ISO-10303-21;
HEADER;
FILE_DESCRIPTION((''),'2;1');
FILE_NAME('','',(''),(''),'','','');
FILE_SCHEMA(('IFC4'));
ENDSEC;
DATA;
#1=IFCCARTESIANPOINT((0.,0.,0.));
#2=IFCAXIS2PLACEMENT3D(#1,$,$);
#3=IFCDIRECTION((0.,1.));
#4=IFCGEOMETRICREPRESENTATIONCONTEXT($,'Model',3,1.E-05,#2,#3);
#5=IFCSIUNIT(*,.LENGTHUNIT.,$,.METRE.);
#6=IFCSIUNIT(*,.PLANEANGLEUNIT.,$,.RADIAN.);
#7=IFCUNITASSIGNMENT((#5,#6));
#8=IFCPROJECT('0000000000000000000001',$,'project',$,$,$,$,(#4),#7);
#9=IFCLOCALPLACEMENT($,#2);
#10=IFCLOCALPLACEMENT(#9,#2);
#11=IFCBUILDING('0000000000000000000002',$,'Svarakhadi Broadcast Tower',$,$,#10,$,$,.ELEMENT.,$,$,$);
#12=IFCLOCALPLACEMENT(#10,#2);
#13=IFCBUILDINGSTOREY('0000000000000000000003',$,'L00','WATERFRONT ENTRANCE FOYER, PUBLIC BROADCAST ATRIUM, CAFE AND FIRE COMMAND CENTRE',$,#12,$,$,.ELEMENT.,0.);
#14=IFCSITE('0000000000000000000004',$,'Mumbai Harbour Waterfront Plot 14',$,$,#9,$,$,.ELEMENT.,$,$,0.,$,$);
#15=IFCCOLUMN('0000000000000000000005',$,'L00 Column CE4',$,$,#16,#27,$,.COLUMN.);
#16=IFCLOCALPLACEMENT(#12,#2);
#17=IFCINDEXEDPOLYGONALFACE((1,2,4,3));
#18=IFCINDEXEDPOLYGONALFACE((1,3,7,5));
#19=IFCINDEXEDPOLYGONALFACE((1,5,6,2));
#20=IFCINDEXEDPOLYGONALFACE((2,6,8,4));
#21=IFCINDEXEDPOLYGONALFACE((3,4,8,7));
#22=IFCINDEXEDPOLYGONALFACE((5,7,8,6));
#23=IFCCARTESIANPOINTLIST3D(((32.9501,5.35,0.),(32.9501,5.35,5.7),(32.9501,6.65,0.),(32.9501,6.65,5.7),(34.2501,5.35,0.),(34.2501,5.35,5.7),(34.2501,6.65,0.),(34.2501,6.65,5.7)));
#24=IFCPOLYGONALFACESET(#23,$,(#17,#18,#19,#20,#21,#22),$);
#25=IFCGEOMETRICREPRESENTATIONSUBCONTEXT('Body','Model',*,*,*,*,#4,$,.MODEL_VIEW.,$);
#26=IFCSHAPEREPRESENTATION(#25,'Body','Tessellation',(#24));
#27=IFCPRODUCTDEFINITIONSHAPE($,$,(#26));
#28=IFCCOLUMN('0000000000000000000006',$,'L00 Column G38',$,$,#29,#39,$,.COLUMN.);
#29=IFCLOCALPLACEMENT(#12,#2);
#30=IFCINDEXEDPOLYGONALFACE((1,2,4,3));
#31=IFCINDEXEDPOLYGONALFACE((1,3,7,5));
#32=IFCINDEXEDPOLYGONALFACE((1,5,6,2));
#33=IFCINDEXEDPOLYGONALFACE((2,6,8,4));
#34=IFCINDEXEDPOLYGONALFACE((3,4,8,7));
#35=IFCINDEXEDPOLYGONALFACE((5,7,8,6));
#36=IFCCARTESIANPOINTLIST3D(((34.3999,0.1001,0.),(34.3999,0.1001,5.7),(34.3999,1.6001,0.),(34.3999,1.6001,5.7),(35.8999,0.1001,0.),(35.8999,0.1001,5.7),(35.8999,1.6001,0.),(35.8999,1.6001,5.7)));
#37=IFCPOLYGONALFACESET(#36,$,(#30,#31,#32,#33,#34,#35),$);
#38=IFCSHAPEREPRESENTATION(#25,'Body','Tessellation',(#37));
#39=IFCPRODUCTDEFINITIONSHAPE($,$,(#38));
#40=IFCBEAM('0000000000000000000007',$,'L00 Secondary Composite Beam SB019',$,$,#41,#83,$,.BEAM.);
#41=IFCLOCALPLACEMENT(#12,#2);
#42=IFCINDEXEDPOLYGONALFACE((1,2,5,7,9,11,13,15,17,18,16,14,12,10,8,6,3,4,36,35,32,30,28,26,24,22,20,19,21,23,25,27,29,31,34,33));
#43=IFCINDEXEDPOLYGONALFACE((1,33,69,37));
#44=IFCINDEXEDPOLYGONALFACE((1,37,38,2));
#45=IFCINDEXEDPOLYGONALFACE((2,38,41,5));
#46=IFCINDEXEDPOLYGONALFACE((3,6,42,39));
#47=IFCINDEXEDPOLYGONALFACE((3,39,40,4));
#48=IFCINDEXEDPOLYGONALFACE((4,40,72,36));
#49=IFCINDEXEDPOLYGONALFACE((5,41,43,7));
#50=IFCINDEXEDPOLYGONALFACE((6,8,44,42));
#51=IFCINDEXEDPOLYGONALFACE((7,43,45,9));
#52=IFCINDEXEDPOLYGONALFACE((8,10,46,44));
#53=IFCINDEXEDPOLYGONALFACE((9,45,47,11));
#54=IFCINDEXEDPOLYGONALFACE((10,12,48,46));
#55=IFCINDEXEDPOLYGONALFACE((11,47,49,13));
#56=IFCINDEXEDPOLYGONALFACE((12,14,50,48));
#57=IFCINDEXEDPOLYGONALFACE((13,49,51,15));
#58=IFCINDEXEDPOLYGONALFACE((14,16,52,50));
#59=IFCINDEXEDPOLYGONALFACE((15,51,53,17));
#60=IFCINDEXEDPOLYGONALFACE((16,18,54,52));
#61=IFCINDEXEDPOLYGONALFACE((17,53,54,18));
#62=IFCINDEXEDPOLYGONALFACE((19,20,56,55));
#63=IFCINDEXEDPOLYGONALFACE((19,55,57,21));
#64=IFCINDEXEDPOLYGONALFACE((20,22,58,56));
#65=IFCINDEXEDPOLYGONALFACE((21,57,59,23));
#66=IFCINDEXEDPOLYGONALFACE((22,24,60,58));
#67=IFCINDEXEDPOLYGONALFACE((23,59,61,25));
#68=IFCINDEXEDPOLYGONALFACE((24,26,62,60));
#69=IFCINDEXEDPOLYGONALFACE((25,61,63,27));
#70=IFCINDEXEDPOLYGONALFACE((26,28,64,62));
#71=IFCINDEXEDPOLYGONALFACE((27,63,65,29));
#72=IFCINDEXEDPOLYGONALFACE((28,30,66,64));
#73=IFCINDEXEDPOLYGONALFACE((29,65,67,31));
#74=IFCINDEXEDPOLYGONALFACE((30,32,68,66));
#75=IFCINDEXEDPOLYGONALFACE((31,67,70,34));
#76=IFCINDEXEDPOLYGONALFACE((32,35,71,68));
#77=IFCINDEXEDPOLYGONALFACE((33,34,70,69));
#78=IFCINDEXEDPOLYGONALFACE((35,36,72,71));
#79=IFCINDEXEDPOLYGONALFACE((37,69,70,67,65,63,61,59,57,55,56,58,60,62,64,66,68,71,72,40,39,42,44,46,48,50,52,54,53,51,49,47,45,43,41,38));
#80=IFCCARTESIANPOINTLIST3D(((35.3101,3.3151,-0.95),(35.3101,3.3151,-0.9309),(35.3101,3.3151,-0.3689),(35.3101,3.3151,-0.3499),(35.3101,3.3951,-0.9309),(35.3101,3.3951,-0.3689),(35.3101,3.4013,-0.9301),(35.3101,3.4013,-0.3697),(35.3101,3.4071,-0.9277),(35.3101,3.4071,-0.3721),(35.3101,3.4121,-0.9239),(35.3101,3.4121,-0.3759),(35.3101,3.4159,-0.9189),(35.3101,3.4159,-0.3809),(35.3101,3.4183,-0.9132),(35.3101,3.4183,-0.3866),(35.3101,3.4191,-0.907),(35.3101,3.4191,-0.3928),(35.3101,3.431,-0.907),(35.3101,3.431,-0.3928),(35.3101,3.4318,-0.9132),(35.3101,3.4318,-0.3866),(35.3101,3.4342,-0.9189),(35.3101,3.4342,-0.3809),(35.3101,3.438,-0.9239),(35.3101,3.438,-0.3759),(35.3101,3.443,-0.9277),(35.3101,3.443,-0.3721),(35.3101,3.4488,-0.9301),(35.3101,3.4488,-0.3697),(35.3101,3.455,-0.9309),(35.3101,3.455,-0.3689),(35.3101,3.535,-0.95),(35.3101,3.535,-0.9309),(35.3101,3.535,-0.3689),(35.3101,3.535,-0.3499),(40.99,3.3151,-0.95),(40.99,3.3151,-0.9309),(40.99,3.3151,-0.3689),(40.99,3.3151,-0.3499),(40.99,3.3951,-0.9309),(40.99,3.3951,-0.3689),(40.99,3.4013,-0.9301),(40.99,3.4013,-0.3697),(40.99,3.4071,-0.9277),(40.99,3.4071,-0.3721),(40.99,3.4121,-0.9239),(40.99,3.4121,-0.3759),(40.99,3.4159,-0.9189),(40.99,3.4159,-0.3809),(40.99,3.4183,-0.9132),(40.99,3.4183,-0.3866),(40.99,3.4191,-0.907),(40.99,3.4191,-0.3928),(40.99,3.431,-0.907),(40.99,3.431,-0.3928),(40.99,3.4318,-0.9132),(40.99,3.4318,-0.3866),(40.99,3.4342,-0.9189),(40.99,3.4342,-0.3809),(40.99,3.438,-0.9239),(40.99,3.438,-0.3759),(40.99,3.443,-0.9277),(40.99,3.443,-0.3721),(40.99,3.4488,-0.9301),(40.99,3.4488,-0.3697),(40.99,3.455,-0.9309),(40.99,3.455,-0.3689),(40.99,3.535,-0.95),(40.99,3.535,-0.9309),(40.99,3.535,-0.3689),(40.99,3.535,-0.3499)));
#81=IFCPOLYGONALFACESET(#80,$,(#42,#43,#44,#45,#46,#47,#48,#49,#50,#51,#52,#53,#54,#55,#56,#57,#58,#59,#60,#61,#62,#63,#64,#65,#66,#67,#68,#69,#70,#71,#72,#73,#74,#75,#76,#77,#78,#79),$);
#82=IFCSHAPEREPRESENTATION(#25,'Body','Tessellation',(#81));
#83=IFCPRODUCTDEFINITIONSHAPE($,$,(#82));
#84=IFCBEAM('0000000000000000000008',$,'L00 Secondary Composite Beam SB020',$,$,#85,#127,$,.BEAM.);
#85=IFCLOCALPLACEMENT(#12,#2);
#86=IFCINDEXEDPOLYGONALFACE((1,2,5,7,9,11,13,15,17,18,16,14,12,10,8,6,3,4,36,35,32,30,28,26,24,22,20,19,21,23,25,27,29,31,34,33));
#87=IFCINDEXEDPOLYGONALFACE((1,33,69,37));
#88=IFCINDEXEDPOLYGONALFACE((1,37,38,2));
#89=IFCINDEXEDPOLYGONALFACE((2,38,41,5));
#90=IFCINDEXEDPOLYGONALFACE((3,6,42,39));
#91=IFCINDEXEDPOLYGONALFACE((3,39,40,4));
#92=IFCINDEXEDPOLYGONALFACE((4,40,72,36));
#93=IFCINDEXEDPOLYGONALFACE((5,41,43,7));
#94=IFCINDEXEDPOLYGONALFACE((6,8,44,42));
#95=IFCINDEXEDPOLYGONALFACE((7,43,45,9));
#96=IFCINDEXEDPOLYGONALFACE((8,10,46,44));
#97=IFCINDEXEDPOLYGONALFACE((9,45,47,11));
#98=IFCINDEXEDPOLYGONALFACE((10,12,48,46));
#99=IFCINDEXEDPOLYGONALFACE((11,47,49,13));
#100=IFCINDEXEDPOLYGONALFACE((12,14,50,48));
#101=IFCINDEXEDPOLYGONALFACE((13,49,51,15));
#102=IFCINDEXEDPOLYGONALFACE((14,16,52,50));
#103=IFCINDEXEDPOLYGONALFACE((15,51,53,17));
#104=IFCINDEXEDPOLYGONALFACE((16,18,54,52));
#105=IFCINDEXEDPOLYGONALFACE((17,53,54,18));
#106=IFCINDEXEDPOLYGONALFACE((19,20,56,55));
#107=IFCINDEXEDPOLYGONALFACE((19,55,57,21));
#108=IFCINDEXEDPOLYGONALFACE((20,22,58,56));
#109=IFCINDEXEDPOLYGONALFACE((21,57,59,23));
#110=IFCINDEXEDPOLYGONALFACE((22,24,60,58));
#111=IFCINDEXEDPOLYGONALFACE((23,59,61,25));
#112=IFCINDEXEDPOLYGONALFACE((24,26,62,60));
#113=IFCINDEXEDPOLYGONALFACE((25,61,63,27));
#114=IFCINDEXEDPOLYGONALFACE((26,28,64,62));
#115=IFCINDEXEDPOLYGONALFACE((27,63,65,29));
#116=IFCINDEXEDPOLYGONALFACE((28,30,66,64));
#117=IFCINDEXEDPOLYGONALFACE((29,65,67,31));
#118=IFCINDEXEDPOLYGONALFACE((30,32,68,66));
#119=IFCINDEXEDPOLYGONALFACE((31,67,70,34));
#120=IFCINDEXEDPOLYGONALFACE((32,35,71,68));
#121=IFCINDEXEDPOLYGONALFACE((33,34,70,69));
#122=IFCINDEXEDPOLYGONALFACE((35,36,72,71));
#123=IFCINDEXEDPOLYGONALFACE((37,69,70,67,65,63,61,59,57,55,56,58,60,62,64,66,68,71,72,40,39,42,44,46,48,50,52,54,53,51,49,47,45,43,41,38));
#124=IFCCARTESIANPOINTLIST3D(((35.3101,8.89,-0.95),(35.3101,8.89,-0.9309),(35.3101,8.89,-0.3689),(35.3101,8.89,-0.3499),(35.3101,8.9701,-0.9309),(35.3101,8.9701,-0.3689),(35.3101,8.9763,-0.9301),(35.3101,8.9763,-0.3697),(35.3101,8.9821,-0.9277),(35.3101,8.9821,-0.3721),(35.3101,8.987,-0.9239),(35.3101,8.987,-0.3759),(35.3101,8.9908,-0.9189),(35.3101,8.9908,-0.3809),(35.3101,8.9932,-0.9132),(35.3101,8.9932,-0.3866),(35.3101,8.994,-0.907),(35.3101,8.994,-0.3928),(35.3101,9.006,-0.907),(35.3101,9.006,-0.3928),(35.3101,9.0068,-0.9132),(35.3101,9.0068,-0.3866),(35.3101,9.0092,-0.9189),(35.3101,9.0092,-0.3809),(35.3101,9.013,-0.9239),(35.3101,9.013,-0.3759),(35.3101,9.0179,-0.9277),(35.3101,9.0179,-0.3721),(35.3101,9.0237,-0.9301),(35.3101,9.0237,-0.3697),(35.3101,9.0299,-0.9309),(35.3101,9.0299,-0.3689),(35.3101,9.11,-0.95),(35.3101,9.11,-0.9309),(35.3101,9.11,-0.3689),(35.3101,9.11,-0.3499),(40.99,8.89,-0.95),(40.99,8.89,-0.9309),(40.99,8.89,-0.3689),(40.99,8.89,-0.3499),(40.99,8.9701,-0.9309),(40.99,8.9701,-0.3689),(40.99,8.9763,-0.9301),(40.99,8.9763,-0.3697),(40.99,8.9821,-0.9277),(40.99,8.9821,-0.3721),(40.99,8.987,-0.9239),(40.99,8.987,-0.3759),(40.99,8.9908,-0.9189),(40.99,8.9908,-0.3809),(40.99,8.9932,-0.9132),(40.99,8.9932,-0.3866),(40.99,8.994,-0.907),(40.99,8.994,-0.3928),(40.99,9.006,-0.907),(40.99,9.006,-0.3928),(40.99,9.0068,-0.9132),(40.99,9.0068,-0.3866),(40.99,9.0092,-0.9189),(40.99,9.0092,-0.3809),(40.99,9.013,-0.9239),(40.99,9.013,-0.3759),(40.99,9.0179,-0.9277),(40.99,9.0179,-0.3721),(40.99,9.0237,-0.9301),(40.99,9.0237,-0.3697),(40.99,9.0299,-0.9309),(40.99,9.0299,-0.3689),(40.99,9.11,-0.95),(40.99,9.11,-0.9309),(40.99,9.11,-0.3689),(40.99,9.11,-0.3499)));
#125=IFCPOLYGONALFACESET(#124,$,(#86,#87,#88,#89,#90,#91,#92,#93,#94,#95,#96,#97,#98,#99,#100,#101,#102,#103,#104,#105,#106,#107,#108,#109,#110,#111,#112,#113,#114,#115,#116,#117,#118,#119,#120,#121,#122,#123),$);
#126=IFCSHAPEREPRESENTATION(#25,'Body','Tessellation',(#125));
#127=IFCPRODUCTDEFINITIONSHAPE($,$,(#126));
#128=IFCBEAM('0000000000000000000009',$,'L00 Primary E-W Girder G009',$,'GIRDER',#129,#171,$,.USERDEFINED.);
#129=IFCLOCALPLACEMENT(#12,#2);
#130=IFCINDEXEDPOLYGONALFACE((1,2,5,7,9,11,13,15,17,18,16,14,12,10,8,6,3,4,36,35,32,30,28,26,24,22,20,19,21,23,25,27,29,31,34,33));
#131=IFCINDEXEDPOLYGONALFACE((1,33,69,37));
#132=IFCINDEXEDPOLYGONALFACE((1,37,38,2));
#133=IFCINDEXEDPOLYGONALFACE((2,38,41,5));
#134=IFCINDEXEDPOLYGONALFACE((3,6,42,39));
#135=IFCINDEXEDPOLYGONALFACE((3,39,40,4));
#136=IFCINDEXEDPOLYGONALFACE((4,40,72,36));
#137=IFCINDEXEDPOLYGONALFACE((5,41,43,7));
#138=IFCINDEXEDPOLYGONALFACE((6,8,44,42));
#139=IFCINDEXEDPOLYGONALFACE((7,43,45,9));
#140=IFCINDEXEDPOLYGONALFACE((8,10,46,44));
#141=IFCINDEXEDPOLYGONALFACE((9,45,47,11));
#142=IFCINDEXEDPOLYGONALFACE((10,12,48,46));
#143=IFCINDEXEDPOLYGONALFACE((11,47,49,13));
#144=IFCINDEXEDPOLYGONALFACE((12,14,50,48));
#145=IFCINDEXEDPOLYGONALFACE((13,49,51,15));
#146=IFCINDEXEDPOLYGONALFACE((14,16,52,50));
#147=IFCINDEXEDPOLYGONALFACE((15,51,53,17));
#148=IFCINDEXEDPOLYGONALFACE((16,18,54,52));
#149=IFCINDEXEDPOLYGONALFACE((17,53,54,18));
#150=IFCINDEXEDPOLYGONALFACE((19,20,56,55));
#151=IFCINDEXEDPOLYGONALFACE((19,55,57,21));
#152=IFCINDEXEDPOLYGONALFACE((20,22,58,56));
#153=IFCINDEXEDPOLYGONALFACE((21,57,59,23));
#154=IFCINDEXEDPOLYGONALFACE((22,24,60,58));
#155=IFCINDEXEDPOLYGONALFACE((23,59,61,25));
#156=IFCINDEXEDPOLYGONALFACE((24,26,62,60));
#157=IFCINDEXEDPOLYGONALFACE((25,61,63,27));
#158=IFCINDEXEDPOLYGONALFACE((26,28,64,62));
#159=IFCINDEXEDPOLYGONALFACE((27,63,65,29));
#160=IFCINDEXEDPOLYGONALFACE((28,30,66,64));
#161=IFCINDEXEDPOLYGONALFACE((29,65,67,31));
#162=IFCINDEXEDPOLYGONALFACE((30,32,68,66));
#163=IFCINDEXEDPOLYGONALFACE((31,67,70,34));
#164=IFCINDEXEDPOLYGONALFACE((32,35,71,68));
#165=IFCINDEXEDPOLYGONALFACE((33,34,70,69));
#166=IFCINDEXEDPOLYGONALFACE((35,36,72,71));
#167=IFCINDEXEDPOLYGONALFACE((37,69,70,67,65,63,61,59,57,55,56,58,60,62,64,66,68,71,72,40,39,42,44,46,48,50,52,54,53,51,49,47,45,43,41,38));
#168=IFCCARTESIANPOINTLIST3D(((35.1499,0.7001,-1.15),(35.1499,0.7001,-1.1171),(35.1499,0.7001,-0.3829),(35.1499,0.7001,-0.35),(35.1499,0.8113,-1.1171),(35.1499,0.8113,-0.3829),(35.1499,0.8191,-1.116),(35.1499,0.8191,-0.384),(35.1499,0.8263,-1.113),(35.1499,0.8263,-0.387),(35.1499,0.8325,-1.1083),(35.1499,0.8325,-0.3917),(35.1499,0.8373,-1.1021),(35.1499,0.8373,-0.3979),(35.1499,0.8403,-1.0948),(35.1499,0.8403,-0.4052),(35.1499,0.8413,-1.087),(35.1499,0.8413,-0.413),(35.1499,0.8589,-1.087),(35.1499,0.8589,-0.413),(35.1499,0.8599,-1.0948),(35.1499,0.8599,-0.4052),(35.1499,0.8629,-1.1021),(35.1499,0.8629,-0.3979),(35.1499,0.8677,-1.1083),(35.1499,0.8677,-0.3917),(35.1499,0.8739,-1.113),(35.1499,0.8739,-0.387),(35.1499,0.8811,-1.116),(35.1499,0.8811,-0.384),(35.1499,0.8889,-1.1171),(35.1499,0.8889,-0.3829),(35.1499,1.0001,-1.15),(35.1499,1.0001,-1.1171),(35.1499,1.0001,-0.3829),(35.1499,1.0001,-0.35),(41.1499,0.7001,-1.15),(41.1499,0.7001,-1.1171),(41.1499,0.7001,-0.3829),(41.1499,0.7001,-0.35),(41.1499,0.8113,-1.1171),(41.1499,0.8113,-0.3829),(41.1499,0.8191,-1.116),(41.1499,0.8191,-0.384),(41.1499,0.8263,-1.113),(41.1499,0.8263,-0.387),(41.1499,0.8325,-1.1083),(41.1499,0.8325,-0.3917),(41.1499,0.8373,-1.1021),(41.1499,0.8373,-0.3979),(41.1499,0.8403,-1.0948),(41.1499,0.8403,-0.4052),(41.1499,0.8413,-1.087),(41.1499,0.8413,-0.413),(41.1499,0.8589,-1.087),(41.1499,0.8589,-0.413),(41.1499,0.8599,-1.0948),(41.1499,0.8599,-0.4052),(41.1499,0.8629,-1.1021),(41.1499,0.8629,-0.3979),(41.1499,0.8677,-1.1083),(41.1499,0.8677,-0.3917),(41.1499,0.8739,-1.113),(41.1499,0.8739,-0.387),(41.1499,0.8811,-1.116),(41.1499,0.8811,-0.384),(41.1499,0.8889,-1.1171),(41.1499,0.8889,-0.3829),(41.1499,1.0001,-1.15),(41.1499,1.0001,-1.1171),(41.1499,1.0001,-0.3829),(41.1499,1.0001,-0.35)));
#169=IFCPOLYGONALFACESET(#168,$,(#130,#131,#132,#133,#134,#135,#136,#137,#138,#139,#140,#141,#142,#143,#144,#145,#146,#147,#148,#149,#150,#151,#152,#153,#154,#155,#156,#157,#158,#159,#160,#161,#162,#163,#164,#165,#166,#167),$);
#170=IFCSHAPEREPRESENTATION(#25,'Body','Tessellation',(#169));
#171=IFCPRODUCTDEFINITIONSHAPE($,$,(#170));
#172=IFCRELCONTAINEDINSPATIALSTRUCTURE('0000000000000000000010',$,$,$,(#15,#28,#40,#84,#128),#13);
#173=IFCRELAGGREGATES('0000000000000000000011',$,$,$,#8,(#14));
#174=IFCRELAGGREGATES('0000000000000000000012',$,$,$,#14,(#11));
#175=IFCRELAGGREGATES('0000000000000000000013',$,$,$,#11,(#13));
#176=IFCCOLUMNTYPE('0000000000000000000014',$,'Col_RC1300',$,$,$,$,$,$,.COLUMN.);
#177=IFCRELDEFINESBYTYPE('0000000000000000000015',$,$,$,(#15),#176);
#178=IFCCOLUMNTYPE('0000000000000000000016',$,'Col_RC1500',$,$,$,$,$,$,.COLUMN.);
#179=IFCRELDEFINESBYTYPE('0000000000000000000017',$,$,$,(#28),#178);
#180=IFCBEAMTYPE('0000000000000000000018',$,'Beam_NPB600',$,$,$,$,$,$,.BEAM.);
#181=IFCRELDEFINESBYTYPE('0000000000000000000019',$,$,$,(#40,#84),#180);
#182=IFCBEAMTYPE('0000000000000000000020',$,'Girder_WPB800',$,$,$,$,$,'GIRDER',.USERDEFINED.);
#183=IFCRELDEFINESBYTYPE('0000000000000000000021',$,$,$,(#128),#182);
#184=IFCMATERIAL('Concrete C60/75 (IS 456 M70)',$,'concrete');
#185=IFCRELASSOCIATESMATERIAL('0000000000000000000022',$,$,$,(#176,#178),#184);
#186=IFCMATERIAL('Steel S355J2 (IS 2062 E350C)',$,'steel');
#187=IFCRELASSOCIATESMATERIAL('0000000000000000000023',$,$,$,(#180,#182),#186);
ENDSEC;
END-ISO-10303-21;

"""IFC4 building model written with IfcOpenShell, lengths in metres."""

from ifc_helpers import new_model, si_unit, direction, frame, origin, origin_2d, place, context, subcontext, project, spatial, rectangle, i_section, extrude, material, material_profile, profile_set, type_object, element, save


model = new_model("IFC4")

# Units and contexts
model_context = context("Model", 3, precision=1e-05, world=origin(), true_north=direction((0.0, 1.0)))
body_context = subcontext(model_context, "Body", "Model", "MODEL_VIEW")
ifc_project = project(units=[si_unit("LENGTHUNIT", "METRE"), si_unit("PLANEANGLEUNIT", "RADIAN")], contexts=[model_context])

# Site, building, storey
site_placement = place(None, origin())
site = spatial("IfcSite", under=ifc_project, at=site_placement, Name="Mumbai Harbour Waterfront Plot 14", CompositionType="ELEMENT", RefElevation=0.0)
building_placement = place(site_placement, origin())
building = spatial("IfcBuilding", under=site, at=building_placement, Name="Svarakhadi Broadcast Tower", CompositionType="ELEMENT")
storey_placement = place(building_placement, origin())
storey = spatial("IfcBuildingStorey", under=building, at=storey_placement, Name="L00", Description="WATERFRONT ENTRANCE FOYER, PUBLIC BROADCAST ATRIUM, CAFE AND FIRE COMMAND CENTRE", CompositionType="ELEMENT", Elevation=0.0)

# Columns
ifc_material_1 = material(Name="Concrete C60/75 (IS 456 M70)", Category="concrete")
ifc_material_profile_1 = material_profile(ifc_material_1, rectangle(XDim=1.3, YDim=1.3, at=origin_2d()), Name="RC 1300x1300")
ifc_profile_set_1 = profile_set([ifc_material_profile_1], Name="Concrete C60/75 (IS 456 M70)")
column_type_1 = type_object("IfcColumnType", Name="Col_RC1300", PredefinedType="COLUMN", material=ifc_profile_set_1)
column_1_placement = place(storey_placement, frame((33.6001, 6.0, 0.0), z_axis=(0.0, 0.0, 1.0), x_axis=(1.0, 0.0, 0.0)))
element("IfcColumn", 1, at=column_1_placement, inside=storey, type_object=column_type_1, Name="L00 Column CE4", PredefinedType="COLUMN", context=body_context, shape_type="SweptSolid", body=[
    extrude(rectangle(XDim=1.3, YDim=1.3, at=origin_2d()), origin(), (0.0, 0.0, 1.0), 5.7),
])
ifc_material_profile_2 = material_profile(ifc_material_1, rectangle(XDim=1.5, YDim=1.5, at=origin_2d()), Name="RC 1500x1500")
ifc_profile_set_2 = profile_set([ifc_material_profile_2], Name="Concrete C60/75 (IS 456 M70)")
column_type_2 = type_object("IfcColumnType", Name="Col_RC1500", PredefinedType="COLUMN", material=ifc_profile_set_2)
column_2_placement = place(storey_placement, frame((35.1499, 0.8501, 0.0), z_axis=(0.0, 0.0, 1.0), x_axis=(1.0, 0.0, 0.0)))
element("IfcColumn", 2, at=column_2_placement, inside=storey, type_object=column_type_2, Name="L00 Column G38", PredefinedType="COLUMN", context=body_context, shape_type="SweptSolid", body=[
    extrude(rectangle(XDim=1.5, YDim=1.5, at=origin_2d()), origin(), (0.0, 0.0, 1.0), 5.7),
])

# Beams
ifc_material_2 = material(Name="Steel S355J2 (IS 2062 E350C)", Category="steel")
ifc_material_profile_3 = material_profile(ifc_material_2, i_section(OverallWidth=0.22, OverallDepth=0.6001, WebThickness=0.012, FlangeThickness=0.019, FilletRadius=0.0239, at=origin_2d()), Name="NPB 600x220x122")
ifc_profile_set_3 = profile_set([ifc_material_profile_3], Name="Steel S355J2 (IS 2062 E350C)")
beam_type_1 = type_object("IfcBeamType", Name="Beam_NPB600", PredefinedType="BEAM", material=ifc_profile_set_3)
for number, where, z_axis, x_axis, name in (
    (3, (35.3101, 3.425, -0.6499), (1.0, 0.0, 0.0), (0.0, 1.0, 0.0), "L00 Secondary Composite Beam SB019"),
    (4, (35.3101, 9.0, -0.6499), (1.0, 0.0, 0.0), (0.0, 1.0, 0.0), "L00 Secondary Composite Beam SB020"),
):
    element("IfcBeam", number, at=place(storey_placement, frame(where, z_axis=z_axis, x_axis=x_axis)), inside=storey, type_object=beam_type_1, Name=name, PredefinedType="BEAM", context=body_context, shape_type="SweptSolid", body=[
        extrude(i_section(OverallWidth=0.22, OverallDepth=0.6001, WebThickness=0.012, FlangeThickness=0.019, FilletRadius=0.0239, at=origin_2d()), origin(), (0.0, 0.0, 1.0), 5.6799),
    ])
ifc_material_profile_4 = material_profile(ifc_material_2, i_section(OverallWidth=0.3, OverallDepth=0.8, WebThickness=0.0176, FlangeThickness=0.033, FilletRadius=0.03, at=origin_2d()), Name="WPB 800x300x262")
ifc_profile_set_4 = profile_set([ifc_material_profile_4], Name="Steel S355J2 (IS 2062 E350C)")
beam_type_2 = type_object("IfcBeamType", Name="Girder_WPB800", ElementType="GIRDER", PredefinedType="USERDEFINED", material=ifc_profile_set_4)
beam_1_placement = place(storey_placement, frame((35.1499, 0.8501, -0.75), z_axis=(1.0, 0.0, 0.0), x_axis=(0.0, 1.0, 0.0)))
element("IfcBeam", 5, at=beam_1_placement, inside=storey, type_object=beam_type_2, Name="L00 Primary E-W Girder G009", ObjectType="GIRDER", PredefinedType="USERDEFINED", context=body_context, shape_type="SweptSolid", body=[
    extrude(i_section(OverallWidth=0.3, OverallDepth=0.8, WebThickness=0.0176, FlangeThickness=0.033, FilletRadius=0.03, at=origin_2d()), origin(), (0.0, 0.0, 1.0), 6.0),
])

save(model, "model.ifc")
